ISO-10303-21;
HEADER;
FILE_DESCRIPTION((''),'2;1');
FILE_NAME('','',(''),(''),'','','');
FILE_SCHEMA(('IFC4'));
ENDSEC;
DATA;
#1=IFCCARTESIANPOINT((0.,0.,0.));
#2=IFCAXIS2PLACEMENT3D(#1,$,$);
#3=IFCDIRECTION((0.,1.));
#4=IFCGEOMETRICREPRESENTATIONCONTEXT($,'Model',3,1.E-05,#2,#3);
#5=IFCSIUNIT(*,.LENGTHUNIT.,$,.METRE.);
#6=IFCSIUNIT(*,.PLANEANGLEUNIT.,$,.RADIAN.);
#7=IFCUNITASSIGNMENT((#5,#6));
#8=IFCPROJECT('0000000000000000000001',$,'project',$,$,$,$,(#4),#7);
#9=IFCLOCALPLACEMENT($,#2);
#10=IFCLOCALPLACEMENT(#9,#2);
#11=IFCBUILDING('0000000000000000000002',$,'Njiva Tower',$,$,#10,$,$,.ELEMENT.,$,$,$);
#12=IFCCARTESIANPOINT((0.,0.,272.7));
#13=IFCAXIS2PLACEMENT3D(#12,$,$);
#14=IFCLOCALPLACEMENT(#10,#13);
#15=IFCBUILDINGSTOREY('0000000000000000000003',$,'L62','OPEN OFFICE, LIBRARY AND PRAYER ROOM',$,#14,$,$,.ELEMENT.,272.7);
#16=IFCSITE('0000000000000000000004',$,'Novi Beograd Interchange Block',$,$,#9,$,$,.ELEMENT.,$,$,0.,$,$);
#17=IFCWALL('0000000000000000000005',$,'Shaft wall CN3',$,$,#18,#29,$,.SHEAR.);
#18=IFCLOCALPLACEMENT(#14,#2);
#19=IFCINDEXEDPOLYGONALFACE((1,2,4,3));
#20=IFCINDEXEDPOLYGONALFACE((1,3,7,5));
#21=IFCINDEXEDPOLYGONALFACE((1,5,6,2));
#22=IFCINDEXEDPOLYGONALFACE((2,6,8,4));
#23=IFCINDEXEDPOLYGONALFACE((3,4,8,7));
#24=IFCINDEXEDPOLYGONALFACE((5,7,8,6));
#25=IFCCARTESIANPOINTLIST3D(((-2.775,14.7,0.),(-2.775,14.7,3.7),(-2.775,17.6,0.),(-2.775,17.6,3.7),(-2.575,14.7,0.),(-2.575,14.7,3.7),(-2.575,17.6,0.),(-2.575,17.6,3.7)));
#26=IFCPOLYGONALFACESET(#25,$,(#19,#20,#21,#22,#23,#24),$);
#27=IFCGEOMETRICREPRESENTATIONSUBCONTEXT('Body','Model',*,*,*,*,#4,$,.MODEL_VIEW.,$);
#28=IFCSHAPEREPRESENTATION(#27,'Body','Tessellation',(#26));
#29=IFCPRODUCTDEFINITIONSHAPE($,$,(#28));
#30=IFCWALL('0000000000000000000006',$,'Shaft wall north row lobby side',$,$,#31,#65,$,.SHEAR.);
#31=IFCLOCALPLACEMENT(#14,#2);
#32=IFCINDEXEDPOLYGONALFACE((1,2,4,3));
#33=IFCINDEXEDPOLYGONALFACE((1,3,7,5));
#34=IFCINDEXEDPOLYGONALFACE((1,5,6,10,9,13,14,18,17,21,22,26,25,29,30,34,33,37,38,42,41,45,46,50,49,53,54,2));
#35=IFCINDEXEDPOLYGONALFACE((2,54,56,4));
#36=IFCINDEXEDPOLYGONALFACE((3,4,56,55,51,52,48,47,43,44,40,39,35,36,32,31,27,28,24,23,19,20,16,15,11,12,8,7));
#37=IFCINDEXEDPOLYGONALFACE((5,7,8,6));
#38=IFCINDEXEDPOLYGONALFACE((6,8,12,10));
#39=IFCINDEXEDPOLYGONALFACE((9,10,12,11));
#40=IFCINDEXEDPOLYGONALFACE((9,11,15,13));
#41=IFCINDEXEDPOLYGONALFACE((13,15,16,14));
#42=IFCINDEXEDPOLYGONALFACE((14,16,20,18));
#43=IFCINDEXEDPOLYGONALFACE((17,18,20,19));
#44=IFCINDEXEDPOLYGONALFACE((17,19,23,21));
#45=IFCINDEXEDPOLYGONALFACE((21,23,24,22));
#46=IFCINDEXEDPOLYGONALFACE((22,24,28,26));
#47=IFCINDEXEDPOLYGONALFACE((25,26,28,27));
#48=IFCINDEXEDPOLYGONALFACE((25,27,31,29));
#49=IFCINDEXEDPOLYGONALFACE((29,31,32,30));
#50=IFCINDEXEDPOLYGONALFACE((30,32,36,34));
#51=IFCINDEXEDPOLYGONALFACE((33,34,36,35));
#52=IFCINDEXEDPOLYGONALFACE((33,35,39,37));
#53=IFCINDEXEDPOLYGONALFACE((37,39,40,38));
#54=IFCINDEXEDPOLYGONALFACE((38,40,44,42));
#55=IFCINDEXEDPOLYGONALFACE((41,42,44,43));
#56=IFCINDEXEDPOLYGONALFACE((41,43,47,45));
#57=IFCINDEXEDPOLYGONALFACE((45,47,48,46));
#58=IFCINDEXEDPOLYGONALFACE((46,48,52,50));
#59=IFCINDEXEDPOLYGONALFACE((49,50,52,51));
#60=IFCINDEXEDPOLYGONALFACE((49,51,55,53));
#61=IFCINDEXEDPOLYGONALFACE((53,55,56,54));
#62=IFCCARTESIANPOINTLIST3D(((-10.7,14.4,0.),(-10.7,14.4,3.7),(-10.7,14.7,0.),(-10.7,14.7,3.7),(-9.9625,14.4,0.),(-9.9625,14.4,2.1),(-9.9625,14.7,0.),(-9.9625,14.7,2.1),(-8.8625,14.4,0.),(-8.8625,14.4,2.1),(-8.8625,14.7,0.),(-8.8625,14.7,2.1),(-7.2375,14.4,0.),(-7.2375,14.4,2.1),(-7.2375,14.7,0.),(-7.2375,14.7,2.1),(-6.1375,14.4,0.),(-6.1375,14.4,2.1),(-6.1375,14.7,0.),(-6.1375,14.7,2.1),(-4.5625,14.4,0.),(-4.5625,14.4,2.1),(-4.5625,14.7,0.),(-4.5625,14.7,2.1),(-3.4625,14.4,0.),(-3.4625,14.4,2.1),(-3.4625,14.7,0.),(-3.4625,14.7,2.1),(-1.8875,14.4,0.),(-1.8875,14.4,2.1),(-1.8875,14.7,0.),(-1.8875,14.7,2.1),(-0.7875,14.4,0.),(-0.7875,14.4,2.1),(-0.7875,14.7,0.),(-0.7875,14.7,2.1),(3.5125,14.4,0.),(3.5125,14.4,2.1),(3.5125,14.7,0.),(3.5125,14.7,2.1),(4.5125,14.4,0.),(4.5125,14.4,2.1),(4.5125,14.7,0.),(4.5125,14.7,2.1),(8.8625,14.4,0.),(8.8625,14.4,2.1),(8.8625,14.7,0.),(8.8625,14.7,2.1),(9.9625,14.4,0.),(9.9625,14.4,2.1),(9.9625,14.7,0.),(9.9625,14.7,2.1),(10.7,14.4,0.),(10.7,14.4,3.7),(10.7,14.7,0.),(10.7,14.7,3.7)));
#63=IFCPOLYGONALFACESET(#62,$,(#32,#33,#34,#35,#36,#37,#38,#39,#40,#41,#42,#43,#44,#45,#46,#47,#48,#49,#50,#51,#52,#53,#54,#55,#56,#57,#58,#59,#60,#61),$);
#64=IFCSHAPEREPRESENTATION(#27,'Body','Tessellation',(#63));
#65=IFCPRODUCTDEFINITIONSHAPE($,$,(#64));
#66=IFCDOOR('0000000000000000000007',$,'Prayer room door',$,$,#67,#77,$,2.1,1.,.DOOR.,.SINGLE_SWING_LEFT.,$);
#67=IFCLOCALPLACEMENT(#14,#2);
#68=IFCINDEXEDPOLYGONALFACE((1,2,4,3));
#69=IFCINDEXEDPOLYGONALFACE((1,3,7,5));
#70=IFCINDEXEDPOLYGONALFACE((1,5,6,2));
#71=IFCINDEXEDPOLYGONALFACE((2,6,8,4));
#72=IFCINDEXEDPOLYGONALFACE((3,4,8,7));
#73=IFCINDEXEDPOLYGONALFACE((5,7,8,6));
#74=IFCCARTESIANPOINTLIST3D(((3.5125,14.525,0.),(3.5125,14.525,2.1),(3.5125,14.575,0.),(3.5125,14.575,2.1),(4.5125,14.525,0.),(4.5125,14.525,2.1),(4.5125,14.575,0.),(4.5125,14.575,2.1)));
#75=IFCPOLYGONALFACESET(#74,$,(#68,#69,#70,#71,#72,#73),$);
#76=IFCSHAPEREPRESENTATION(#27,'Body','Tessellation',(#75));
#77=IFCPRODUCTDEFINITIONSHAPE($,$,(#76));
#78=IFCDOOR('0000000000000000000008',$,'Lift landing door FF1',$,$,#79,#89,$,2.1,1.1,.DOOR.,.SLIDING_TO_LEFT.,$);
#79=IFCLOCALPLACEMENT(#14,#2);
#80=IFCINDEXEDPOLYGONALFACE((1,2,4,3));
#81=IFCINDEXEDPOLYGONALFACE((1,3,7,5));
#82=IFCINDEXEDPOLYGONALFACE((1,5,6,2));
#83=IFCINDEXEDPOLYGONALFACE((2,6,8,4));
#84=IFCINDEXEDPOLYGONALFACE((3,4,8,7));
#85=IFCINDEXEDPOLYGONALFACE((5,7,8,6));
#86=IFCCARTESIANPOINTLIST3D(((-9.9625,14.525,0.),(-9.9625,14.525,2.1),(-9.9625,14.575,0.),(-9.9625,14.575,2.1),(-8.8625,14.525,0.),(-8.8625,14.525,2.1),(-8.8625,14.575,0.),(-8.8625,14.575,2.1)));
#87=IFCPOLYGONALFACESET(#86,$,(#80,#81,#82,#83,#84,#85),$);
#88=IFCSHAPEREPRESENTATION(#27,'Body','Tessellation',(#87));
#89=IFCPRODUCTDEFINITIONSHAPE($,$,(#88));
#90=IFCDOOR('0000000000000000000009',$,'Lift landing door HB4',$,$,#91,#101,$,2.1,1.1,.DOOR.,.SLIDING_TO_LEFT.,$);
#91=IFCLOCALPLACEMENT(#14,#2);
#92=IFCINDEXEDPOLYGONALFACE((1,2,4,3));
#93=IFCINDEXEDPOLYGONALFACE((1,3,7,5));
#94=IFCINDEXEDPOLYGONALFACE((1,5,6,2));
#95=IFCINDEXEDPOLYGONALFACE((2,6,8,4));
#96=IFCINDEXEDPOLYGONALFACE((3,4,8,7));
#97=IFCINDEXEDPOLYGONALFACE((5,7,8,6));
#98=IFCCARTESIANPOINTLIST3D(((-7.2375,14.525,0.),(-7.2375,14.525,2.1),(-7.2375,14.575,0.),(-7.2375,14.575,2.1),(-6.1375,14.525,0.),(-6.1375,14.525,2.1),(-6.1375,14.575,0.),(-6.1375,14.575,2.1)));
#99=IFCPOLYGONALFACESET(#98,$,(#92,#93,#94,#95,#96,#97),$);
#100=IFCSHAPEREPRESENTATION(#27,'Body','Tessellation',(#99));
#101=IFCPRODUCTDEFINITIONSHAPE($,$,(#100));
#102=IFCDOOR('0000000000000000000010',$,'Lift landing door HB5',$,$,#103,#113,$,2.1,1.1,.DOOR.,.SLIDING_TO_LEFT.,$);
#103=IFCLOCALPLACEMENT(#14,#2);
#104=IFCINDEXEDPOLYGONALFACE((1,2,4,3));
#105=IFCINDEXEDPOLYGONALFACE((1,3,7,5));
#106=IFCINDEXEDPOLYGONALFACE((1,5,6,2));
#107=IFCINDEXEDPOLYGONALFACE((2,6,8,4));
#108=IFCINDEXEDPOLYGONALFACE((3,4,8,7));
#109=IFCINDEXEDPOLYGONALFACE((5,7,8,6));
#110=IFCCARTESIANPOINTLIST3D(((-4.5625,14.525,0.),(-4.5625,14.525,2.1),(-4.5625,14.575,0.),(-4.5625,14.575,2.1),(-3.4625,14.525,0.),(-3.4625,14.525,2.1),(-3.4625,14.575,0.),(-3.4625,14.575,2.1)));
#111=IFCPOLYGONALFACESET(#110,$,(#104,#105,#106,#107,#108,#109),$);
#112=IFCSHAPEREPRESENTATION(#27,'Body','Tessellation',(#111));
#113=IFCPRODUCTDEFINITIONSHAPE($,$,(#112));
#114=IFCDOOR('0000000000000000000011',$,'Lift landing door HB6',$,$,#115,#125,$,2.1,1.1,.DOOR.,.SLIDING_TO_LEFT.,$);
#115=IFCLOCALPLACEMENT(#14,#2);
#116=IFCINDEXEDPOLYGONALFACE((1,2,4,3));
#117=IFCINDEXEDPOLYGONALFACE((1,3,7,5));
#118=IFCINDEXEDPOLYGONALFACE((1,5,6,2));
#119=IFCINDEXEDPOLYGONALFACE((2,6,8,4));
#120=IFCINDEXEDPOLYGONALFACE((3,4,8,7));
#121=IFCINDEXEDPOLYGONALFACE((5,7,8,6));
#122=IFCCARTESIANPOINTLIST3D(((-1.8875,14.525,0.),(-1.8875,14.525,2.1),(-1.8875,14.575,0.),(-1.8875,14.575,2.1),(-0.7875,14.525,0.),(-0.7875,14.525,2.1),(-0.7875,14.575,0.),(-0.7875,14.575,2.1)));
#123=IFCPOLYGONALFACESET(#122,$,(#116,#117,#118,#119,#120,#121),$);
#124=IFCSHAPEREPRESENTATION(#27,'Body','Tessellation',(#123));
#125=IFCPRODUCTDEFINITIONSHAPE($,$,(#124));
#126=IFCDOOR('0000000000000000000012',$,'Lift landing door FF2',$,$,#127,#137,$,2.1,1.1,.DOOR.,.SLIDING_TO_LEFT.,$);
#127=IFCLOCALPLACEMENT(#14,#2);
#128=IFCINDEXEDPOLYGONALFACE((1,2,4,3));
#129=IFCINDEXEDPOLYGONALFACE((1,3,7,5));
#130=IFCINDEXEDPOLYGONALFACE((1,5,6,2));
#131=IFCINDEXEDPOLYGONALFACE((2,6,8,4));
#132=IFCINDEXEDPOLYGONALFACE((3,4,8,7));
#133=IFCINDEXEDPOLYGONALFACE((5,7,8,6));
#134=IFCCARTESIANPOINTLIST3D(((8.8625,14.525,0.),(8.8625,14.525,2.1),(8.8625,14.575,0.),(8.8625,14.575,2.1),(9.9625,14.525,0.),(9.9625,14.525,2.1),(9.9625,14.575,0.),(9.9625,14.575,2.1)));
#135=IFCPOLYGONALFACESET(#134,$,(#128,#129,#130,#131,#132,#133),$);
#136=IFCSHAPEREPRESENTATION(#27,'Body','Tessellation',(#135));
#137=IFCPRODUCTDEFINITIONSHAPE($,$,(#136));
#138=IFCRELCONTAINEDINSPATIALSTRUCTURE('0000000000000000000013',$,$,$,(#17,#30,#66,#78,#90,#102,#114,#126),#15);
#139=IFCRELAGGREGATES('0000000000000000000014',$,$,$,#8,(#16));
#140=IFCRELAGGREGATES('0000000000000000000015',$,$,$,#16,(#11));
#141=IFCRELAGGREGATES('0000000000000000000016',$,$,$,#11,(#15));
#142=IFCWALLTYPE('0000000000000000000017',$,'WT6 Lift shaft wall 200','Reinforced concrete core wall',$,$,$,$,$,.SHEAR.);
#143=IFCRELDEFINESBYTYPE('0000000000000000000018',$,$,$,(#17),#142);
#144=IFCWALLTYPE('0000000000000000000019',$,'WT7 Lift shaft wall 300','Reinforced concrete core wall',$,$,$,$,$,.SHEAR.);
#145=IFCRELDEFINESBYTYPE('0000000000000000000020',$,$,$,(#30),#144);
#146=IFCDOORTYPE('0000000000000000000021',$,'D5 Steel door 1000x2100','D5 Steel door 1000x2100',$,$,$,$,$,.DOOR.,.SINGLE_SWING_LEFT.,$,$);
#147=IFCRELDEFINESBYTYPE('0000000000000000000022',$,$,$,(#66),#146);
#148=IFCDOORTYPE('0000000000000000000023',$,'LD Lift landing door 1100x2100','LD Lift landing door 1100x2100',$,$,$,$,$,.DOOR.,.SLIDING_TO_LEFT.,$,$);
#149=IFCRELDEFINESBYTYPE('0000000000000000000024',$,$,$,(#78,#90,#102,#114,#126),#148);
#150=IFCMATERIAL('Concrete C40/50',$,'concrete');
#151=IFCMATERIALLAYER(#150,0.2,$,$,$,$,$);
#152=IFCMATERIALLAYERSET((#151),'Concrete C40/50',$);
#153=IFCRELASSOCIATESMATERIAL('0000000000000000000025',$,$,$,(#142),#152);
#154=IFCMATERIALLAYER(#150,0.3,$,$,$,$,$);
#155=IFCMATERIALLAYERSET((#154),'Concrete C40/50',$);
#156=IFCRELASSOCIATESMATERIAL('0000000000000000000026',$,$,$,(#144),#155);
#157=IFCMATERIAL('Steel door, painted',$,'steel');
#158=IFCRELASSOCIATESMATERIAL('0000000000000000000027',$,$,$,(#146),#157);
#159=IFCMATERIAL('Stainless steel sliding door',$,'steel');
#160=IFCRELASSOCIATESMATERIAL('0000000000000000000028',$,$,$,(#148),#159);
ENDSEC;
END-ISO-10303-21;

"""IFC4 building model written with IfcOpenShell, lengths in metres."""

from ifc_helpers import new_model, si_unit, direction, frame, frame_2d, origin, place, context, subcontext, project, spatial, rectangle, extrude, material, layer, layer_set, type_object, element, fill, save


model = new_model("IFC4")

# Units and contexts
model_context = context("Model", 3, precision=1e-05, world=origin(), true_north=direction((0.0, 1.0)))
body_context = subcontext(model_context, "Body", "Model", "MODEL_VIEW")
ifc_project = project(units=[si_unit("LENGTHUNIT", "METRE"), si_unit("PLANEANGLEUNIT", "RADIAN")], contexts=[model_context])

# Site, building, storey
site_placement = place(None, origin())
site = spatial("IfcSite", under=ifc_project, at=site_placement, Name="Novi Beograd Interchange Block", CompositionType="ELEMENT", RefElevation=0.0)
building_placement = place(site_placement, origin())
building = spatial("IfcBuilding", under=site, at=building_placement, Name="Njiva Tower", CompositionType="ELEMENT")
storey_placement = place(building_placement, frame((0.0, 0.0, 272.7)))
storey = spatial("IfcBuildingStorey", under=building, at=storey_placement, Name="L62", Description="OPEN OFFICE, LIBRARY AND PRAYER ROOM", CompositionType="ELEMENT", Elevation=272.7)

# Wall
ifc_material_1 = material(Name="Concrete C40/50", Category="concrete")
ifc_layer_1 = layer(ifc_material_1, 0.2)
ifc_layer_set_1 = layer_set([ifc_layer_1], Name="Concrete C40/50")
wall_type_1 = type_object("IfcWallType", Name="WT6 Lift shaft wall 200", Description="Reinforced concrete core wall", PredefinedType="SHEAR", material=ifc_layer_set_1)
for number, where, z_axis, x_axis, name in (
    (1, (-2.675, 14.7, 0.0), (0.0, 0.0, 1.0), (0.0, 1.0, 0.0), "Shaft wall CN3"),
):
    element("IfcWall", number, at=place(storey_placement, frame(where, z_axis=z_axis, x_axis=x_axis)), inside=storey, type_object=wall_type_1, Name=name, PredefinedType="SHEAR", context=body_context, shape_type="SweptSolid", body=[
        extrude(rectangle(XDim=2.9, YDim=0.2, at=frame_2d((1.45, 0.0))), origin(), (0.0, 0.0, 1.0), 3.7),
    ])

# Wall, openings, doors
ifc_layer_2 = layer(ifc_material_1, 0.3)
ifc_layer_set_2 = layer_set([ifc_layer_2], Name="Concrete C40/50")
wall_type_2 = type_object("IfcWallType", Name="WT7 Lift shaft wall 300", Description="Reinforced concrete core wall", PredefinedType="SHEAR", material=ifc_layer_set_2)
wall_1_placement = place(storey_placement, frame((-10.7, 14.55, 0.0), z_axis=(0.0, 0.0, 1.0), x_axis=(1.0, 0.0, 0.0)))
wall_1 = element("IfcWall", 2, at=wall_1_placement, inside=storey, type_object=wall_type_2, Name="Shaft wall north row lobby side", PredefinedType="SHEAR", context=body_context, shape_type="SweptSolid", body=[
    extrude(rectangle(XDim=21.4, YDim=0.3, at=frame_2d((10.7, 0.0))), origin(), (0.0, 0.0, 1.0), 3.7),
])
opening_1_placement = place(wall_1_placement, frame((0.7375, 0.0, 0.0)))
opening_1 = element("IfcOpeningElement", 3, at=opening_1_placement, cuts=wall_1, PredefinedType="OPENING", context=body_context, shape_type="SweptSolid", body=[
    extrude(rectangle(XDim=1.1, YDim=2.1, at=frame_2d((0.55, 1.05))), frame((0.0, 0.16, 0.0), z_axis=(0.0, -1.0, 0.0), x_axis=(1.0, 0.0, 0.0)), (0.0, 0.0, 1.0), 0.32),
])
opening_2_placement = place(wall_1_placement, frame((3.4625, 0.0, 0.0)))
opening_2 = element("IfcOpeningElement", 4, at=opening_2_placement, cuts=wall_1, PredefinedType="OPENING", context=body_context, shape_type="SweptSolid", body=[
    extrude(rectangle(XDim=1.1, YDim=2.1, at=frame_2d((0.55, 1.05))), frame((0.0, 0.16, 0.0), z_axis=(0.0, -1.0, 0.0), x_axis=(1.0, 0.0, 0.0)), (0.0, 0.0, 1.0), 0.32),
])
opening_3_placement = place(wall_1_placement, frame((6.1375, 0.0, 0.0)))
opening_3 = element("IfcOpeningElement", 5, at=opening_3_placement, cuts=wall_1, PredefinedType="OPENING", context=body_context, shape_type="SweptSolid", body=[
    extrude(rectangle(XDim=1.1, YDim=2.1, at=frame_2d((0.55, 1.05))), frame((0.0, 0.16, 0.0), z_axis=(0.0, -1.0, 0.0), x_axis=(1.0, 0.0, 0.0)), (0.0, 0.0, 1.0), 0.32),
])
opening_4_placement = place(wall_1_placement, frame((8.8125, 0.0, 0.0)))
opening_4 = element("IfcOpeningElement", 6, at=opening_4_placement, cuts=wall_1, PredefinedType="OPENING", context=body_context, shape_type="SweptSolid", body=[
    extrude(rectangle(XDim=1.1, YDim=2.1, at=frame_2d((0.55, 1.05))), frame((0.0, 0.16, 0.0), z_axis=(0.0, -1.0, 0.0), x_axis=(1.0, 0.0, 0.0)), (0.0, 0.0, 1.0), 0.32),
])
opening_5_placement = place(wall_1_placement, frame((19.5625, 0.0, 0.0)))
opening_5 = element("IfcOpeningElement", 7, at=opening_5_placement, cuts=wall_1, PredefinedType="OPENING", context=body_context, shape_type="SweptSolid", body=[
    extrude(rectangle(XDim=1.1, YDim=2.1, at=frame_2d((0.55, 1.05))), frame((0.0, 0.16, 0.0), z_axis=(0.0, -1.0, 0.0), x_axis=(1.0, 0.0, 0.0)), (0.0, 0.0, 1.0), 0.32),
])
opening_6_placement = place(wall_1_placement, frame((14.2125, 0.0, 0.0)))
opening_6 = element("IfcOpeningElement", 8, at=opening_6_placement, cuts=wall_1, PredefinedType="OPENING", context=body_context, shape_type="SweptSolid", body=[
    extrude(rectangle(XDim=1.0, YDim=2.1, at=frame_2d((0.5, 1.05))), frame((0.0, 0.16, 0.0), z_axis=(0.0, -1.0, 0.0), x_axis=(1.0, 0.0, 0.0)), (0.0, 0.0, 1.0), 0.32),
])
ifc_material_2 = material(Name="Steel door, painted", Category="steel")
door_type_1 = type_object("IfcDoorType", Name="D5 Steel door 1000x2100", Description="D5 Steel door 1000x2100", OperationType="SINGLE_SWING_LEFT", PredefinedType="DOOR", material=ifc_material_2)
door_1_placement = place(opening_6_placement, origin())
door_1 = element("IfcDoor", 9, at=door_1_placement, inside=storey, type_object=door_type_1, Name="Prayer room door", OperationType="SINGLE_SWING_LEFT", OverallHeight=2.1, OverallWidth=1.0, PredefinedType="DOOR", context=body_context, shape_type="SweptSolid", body=[
    extrude(rectangle(XDim=1.0, YDim=2.1, at=frame_2d((0.5, 1.05))), frame((0.0, 0.025, 0.0), z_axis=(0.0, -1.0, 0.0), x_axis=(1.0, 0.0, 0.0)), (0.0, 0.0, 1.0), 0.05),
])
fill(opening_6, door_1)
ifc_material_3 = material(Name="Stainless steel sliding door", Category="steel")
door_type_2 = type_object("IfcDoorType", Name="LD Lift landing door 1100x2100", Description="LD Lift landing door 1100x2100", OperationType="SLIDING_TO_LEFT", PredefinedType="DOOR", material=ifc_material_3)
door_2_placement = place(opening_1_placement, origin())
door_2 = element("IfcDoor", 10, at=door_2_placement, inside=storey, type_object=door_type_2, Name="Lift landing door FF1", OperationType="SLIDING_TO_LEFT", OverallHeight=2.1, OverallWidth=1.1, PredefinedType="DOOR", context=body_context, shape_type="SweptSolid", body=[
    extrude(rectangle(XDim=1.1, YDim=2.1, at=frame_2d((0.55, 1.05))), frame((0.0, 0.025, 0.0), z_axis=(0.0, -1.0, 0.0), x_axis=(1.0, 0.0, 0.0)), (0.0, 0.0, 1.0), 0.05),
])
fill(opening_1, door_2)
door_3_placement = place(opening_2_placement, origin())
door_3 = element("IfcDoor", 11, at=door_3_placement, inside=storey, type_object=door_type_2, Name="Lift landing door HB4", OperationType="SLIDING_TO_LEFT", OverallHeight=2.1, OverallWidth=1.1, PredefinedType="DOOR", context=body_context, shape_type="SweptSolid", body=[
    extrude(rectangle(XDim=1.1, YDim=2.1, at=frame_2d((0.55, 1.05))), frame((0.0, 0.025, 0.0), z_axis=(0.0, -1.0, 0.0), x_axis=(1.0, 0.0, 0.0)), (0.0, 0.0, 1.0), 0.05),
])
fill(opening_2, door_3)
door_4_placement = place(opening_3_placement, origin())
door_4 = element("IfcDoor", 12, at=door_4_placement, inside=storey, type_object=door_type_2, Name="Lift landing door HB5", OperationType="SLIDING_TO_LEFT", OverallHeight=2.1, OverallWidth=1.1, PredefinedType="DOOR", context=body_context, shape_type="SweptSolid", body=[
    extrude(rectangle(XDim=1.1, YDim=2.1, at=frame_2d((0.55, 1.05))), frame((0.0, 0.025, 0.0), z_axis=(0.0, -1.0, 0.0), x_axis=(1.0, 0.0, 0.0)), (0.0, 0.0, 1.0), 0.05),
])
fill(opening_3, door_4)
door_5_placement = place(opening_4_placement, origin())
door_5 = element("IfcDoor", 13, at=door_5_placement, inside=storey, type_object=door_type_2, Name="Lift landing door HB6", OperationType="SLIDING_TO_LEFT", OverallHeight=2.1, OverallWidth=1.1, PredefinedType="DOOR", context=body_context, shape_type="SweptSolid", body=[
    extrude(rectangle(XDim=1.1, YDim=2.1, at=frame_2d((0.55, 1.05))), frame((0.0, 0.025, 0.0), z_axis=(0.0, -1.0, 0.0), x_axis=(1.0, 0.0, 0.0)), (0.0, 0.0, 1.0), 0.05),
])
fill(opening_4, door_5)
door_6_placement = place(opening_5_placement, origin())
door_6 = element("IfcDoor", 14, at=door_6_placement, inside=storey, type_object=door_type_2, Name="Lift landing door FF2", OperationType="SLIDING_TO_LEFT", OverallHeight=2.1, OverallWidth=1.1, PredefinedType="DOOR", context=body_context, shape_type="SweptSolid", body=[
    extrude(rectangle(XDim=1.1, YDim=2.1, at=frame_2d((0.55, 1.05))), frame((0.0, 0.025, 0.0), z_axis=(0.0, -1.0, 0.0), x_axis=(1.0, 0.0, 0.0)), (0.0, 0.0, 1.0), 0.05),
])
fill(opening_5, door_6)

save(model, "model.ifc")
